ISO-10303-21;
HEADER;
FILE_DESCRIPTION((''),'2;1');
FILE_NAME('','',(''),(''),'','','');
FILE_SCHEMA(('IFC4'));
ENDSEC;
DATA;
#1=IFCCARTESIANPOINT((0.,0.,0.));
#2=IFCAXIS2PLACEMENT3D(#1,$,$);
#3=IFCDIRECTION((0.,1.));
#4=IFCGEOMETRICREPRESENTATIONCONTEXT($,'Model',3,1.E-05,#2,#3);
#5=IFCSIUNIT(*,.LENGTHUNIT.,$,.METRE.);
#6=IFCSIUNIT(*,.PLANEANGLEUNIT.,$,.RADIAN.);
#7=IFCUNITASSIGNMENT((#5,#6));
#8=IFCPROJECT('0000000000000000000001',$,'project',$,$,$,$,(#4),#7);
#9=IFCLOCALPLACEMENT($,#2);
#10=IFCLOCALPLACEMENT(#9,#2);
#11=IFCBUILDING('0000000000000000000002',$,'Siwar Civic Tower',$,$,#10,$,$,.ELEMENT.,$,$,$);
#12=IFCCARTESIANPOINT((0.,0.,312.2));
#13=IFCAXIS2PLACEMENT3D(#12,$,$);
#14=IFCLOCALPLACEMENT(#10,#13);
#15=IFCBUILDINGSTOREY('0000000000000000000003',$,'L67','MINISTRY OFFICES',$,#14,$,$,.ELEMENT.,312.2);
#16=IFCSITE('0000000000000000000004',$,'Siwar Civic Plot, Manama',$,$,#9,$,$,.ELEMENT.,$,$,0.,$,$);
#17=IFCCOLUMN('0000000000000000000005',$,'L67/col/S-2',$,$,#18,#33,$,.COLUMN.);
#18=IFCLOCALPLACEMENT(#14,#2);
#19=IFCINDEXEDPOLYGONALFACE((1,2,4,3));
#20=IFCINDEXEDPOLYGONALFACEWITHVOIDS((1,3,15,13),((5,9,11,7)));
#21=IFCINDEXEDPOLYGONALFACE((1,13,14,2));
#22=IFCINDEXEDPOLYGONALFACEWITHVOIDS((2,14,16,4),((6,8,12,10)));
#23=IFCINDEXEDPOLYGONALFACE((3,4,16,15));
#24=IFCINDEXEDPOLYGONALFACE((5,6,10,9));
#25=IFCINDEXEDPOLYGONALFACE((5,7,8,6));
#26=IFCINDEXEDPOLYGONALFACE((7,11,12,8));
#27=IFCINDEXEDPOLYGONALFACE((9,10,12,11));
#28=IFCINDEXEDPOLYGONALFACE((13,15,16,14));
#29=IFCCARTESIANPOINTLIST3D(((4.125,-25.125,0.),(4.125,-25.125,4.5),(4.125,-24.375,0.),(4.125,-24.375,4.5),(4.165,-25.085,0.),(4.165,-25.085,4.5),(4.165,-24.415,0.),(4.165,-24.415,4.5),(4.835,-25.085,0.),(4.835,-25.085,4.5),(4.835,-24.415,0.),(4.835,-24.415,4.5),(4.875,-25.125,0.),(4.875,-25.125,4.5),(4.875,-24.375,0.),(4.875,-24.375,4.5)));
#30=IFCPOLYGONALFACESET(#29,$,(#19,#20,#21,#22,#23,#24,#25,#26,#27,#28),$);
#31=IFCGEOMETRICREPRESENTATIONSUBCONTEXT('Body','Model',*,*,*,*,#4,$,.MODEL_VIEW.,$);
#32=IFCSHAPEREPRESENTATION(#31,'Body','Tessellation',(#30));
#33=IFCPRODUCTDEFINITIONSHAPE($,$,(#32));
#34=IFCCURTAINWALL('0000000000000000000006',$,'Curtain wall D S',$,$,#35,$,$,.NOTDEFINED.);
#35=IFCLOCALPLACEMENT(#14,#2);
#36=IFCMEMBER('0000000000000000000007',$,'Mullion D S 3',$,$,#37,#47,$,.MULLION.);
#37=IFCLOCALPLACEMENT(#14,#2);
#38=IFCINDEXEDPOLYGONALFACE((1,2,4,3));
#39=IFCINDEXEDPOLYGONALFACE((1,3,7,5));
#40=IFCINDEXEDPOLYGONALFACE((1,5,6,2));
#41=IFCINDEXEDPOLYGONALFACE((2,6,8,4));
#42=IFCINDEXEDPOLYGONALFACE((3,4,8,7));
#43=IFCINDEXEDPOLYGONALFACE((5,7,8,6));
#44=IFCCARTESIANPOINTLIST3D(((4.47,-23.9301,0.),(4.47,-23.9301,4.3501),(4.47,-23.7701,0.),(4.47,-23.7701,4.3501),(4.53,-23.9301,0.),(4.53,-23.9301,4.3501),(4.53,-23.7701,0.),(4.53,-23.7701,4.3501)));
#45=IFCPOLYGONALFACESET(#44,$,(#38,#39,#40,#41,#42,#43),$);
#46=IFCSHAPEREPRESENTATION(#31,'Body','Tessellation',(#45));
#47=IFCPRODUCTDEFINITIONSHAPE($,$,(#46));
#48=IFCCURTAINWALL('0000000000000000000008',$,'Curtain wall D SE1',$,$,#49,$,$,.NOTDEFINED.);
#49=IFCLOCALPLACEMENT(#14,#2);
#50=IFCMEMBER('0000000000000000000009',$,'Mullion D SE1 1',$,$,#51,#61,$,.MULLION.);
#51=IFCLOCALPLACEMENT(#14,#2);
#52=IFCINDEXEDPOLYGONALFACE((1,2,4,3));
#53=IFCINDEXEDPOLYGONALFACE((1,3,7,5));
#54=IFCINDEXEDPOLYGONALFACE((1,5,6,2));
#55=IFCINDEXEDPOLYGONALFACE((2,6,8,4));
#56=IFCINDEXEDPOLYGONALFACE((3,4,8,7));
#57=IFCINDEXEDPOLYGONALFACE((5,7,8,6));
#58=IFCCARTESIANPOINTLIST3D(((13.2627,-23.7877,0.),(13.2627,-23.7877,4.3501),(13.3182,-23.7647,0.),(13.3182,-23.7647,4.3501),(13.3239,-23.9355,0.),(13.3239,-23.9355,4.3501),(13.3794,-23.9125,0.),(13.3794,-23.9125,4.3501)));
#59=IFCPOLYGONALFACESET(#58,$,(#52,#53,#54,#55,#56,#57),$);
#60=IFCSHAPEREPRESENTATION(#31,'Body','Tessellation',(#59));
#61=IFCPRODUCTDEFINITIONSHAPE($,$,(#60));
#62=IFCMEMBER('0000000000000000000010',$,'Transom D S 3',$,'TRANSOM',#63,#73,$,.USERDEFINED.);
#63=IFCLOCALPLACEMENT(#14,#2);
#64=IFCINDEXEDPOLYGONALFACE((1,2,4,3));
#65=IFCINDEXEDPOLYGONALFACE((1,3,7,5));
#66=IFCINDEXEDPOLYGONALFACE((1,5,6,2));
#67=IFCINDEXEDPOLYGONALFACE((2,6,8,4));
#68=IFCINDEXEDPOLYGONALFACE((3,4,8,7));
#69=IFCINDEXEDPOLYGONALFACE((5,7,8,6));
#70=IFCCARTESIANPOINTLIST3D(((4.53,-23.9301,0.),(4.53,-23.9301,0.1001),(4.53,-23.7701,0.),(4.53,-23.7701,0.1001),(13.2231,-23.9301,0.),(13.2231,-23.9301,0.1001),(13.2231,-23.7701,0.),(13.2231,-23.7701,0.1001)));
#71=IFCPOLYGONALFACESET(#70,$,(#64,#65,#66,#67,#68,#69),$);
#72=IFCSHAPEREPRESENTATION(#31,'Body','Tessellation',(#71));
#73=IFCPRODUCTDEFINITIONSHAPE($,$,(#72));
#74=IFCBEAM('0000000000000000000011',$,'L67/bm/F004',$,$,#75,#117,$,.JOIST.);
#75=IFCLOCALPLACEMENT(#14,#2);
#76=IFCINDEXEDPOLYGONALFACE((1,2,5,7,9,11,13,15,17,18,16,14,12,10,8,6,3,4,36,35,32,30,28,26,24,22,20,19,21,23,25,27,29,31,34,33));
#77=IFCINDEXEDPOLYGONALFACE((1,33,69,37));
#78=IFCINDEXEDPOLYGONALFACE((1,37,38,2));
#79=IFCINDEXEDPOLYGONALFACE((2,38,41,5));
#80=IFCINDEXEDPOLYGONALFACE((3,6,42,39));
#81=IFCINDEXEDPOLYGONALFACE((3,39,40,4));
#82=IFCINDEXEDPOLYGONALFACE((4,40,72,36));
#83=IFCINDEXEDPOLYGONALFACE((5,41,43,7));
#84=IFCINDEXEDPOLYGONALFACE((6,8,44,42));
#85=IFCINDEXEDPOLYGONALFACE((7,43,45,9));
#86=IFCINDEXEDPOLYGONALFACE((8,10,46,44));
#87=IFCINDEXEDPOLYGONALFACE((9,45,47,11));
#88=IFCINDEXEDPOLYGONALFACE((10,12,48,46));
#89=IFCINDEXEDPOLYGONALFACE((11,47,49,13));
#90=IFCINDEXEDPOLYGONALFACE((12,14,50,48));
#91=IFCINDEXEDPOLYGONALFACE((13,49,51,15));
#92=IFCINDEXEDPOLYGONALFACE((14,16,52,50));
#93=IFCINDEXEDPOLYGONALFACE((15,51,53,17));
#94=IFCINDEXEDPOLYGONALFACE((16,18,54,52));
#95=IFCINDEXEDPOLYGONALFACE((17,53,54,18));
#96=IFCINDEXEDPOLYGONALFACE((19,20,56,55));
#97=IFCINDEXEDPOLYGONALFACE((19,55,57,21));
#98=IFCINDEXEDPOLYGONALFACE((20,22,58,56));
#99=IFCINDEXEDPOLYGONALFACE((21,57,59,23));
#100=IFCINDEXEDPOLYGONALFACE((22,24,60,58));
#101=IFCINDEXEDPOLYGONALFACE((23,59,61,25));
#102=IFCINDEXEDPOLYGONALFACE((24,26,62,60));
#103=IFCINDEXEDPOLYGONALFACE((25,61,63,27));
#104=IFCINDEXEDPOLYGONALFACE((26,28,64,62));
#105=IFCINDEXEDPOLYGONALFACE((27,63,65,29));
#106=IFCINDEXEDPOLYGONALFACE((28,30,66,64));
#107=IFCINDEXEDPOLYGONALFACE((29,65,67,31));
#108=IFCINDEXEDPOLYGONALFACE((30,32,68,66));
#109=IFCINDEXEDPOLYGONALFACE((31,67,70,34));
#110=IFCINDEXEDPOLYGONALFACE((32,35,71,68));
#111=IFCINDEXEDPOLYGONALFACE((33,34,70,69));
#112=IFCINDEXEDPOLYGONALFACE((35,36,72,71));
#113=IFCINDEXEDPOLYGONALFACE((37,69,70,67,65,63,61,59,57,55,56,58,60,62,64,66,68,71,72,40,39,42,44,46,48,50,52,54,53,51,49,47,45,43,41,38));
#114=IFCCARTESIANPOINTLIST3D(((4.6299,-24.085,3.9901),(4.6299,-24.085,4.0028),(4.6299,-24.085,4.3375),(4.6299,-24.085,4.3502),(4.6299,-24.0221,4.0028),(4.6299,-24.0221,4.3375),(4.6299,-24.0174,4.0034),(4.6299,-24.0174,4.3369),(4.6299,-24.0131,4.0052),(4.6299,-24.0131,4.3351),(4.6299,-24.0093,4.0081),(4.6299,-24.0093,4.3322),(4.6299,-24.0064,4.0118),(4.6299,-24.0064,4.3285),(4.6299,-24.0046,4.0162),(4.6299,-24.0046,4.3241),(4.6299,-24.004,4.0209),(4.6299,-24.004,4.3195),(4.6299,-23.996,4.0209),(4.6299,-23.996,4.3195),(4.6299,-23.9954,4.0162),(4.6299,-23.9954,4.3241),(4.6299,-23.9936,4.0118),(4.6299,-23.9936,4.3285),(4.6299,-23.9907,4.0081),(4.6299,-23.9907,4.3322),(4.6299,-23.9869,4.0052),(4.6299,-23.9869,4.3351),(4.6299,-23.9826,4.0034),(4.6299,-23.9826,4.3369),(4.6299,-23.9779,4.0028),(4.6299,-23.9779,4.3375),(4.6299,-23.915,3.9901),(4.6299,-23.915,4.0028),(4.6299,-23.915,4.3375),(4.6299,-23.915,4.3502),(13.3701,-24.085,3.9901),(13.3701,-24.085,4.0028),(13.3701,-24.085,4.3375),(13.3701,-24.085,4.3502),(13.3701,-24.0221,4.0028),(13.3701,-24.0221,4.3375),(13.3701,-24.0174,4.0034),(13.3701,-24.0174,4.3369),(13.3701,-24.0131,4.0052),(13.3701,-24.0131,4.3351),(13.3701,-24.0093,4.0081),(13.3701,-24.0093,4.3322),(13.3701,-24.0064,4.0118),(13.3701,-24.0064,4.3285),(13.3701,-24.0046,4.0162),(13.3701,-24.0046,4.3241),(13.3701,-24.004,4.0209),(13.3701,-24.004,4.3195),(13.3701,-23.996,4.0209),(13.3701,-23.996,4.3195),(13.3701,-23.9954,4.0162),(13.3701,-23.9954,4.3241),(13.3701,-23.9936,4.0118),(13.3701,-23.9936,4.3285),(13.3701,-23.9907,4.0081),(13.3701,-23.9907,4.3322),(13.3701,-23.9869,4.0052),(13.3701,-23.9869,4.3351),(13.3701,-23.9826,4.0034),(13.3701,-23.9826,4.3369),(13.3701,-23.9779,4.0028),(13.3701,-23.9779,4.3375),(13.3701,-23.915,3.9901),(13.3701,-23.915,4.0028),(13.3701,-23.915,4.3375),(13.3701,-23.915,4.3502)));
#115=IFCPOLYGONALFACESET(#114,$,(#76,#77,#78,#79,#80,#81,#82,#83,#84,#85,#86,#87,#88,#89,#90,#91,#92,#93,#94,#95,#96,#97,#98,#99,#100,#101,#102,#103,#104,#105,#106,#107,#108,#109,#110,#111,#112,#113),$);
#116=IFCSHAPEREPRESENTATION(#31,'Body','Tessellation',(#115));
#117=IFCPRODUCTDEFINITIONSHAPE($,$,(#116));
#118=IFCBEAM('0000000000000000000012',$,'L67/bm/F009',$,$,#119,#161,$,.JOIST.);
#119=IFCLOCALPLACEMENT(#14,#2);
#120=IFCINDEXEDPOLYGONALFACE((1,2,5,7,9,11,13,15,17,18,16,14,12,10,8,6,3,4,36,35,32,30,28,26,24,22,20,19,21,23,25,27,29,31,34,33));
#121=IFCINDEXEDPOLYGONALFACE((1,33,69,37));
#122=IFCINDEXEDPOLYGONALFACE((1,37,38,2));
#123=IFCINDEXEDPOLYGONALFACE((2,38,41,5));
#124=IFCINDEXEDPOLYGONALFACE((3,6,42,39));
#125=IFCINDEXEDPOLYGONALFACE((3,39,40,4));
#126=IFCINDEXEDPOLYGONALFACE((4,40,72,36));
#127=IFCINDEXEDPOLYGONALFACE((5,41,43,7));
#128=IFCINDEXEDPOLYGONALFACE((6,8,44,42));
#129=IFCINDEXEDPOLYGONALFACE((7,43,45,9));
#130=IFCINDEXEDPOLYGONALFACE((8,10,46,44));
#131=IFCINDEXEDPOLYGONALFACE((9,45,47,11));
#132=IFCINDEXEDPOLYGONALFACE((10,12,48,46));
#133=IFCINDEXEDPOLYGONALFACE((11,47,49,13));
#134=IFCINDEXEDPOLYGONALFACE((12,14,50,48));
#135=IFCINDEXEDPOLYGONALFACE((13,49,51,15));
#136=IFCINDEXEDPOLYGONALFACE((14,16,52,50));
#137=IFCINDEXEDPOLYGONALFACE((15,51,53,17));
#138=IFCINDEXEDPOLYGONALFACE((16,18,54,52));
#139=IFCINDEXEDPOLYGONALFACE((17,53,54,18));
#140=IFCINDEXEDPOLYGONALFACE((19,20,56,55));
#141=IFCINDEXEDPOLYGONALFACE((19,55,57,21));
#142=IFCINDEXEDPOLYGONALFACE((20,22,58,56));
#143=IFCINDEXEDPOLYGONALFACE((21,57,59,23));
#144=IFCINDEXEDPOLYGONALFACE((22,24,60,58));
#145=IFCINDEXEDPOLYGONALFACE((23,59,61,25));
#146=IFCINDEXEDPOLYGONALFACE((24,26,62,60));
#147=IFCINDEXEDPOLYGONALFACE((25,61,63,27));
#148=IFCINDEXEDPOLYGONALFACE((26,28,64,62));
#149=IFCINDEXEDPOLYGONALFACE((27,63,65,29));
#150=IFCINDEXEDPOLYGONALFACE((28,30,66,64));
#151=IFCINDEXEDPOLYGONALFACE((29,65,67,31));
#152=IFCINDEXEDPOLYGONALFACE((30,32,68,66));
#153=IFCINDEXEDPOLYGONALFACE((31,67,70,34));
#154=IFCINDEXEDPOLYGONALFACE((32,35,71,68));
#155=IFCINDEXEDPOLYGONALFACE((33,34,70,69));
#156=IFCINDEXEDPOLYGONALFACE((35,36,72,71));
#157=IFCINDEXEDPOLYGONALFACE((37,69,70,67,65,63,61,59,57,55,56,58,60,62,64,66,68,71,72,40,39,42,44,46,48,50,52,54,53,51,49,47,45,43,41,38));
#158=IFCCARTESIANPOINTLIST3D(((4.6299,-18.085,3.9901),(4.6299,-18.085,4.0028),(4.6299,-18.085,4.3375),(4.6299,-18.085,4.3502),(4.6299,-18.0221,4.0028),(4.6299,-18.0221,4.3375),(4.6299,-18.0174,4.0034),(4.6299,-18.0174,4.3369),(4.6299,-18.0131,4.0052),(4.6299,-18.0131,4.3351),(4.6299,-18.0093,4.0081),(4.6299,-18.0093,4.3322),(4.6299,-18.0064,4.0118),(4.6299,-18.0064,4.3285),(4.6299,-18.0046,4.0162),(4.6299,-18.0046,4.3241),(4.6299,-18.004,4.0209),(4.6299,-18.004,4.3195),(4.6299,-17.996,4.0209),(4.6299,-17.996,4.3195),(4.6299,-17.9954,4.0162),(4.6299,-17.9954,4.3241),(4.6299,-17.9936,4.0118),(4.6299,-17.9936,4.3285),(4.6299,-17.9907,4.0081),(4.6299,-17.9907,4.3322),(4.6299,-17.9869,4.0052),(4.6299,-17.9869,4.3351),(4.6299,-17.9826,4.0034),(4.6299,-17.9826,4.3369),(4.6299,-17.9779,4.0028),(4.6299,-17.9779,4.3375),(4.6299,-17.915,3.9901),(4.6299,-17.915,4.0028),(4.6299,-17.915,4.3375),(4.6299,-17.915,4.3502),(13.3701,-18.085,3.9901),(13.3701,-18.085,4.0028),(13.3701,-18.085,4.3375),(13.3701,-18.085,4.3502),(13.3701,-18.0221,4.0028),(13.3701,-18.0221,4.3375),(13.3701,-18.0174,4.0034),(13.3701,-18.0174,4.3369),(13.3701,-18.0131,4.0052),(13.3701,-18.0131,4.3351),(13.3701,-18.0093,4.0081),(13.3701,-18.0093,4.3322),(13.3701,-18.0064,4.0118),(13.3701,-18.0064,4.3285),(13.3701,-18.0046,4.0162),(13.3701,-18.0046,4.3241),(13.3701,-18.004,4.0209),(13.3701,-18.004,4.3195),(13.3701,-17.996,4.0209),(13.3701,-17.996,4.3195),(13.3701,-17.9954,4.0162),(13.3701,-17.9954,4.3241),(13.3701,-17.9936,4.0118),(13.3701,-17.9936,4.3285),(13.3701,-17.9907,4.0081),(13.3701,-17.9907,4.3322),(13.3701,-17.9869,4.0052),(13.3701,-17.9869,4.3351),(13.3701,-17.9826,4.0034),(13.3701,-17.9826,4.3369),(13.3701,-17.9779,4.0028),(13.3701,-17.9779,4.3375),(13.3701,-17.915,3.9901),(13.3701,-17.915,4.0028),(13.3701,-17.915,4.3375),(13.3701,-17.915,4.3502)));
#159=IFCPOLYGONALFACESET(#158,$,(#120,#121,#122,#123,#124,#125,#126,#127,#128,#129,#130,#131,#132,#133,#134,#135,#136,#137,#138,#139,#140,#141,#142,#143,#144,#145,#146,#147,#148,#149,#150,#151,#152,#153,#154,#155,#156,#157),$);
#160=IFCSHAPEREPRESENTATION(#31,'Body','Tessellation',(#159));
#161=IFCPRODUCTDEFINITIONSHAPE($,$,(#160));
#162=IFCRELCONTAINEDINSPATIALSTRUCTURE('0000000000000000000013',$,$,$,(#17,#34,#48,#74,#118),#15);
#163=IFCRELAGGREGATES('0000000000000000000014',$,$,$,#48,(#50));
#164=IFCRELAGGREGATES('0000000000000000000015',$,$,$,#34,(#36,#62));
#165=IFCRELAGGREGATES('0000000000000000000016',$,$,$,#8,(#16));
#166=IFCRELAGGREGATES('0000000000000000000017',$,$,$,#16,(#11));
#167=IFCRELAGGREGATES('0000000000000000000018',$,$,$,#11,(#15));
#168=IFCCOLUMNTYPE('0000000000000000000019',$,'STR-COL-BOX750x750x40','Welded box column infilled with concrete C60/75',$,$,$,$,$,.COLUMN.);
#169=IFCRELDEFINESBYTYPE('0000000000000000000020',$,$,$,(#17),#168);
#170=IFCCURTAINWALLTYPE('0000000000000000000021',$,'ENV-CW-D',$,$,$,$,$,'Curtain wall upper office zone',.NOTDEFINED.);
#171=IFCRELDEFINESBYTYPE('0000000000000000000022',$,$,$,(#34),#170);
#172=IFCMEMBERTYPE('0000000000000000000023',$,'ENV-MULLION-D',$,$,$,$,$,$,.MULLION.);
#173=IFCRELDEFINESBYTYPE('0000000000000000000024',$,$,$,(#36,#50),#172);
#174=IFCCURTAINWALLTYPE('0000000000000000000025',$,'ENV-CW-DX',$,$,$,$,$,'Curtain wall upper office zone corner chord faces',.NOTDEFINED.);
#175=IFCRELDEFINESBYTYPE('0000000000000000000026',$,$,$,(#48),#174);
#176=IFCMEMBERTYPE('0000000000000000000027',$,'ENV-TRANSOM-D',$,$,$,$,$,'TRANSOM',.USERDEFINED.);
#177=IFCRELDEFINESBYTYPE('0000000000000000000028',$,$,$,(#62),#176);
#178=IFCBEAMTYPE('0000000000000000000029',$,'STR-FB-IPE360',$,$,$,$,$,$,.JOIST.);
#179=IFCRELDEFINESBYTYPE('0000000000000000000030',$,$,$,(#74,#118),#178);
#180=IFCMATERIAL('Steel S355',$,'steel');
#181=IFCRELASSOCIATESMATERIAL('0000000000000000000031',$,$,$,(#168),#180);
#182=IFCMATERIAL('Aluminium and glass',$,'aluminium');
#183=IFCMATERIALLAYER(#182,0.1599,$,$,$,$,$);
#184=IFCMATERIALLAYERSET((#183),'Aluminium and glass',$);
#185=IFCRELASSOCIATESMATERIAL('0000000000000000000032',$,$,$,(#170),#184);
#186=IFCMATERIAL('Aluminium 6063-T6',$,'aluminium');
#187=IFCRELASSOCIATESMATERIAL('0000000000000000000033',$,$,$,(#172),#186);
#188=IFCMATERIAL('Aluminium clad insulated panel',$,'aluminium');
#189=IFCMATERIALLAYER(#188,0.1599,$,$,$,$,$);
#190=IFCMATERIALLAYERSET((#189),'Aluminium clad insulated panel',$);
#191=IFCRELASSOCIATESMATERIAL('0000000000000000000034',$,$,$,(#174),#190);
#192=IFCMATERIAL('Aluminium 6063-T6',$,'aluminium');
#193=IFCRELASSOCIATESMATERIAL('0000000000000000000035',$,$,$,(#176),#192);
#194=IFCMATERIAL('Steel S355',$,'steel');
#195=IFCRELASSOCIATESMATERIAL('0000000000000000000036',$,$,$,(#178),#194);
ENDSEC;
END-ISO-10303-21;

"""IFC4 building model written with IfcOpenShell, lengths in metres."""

from ifc_helpers import new_model, si_unit, direction, frame, origin, origin_2d, place, context, subcontext, project, spatial, rectangle, hollow_rectangle, i_section, extrude, material, layer, layer_set, material_profile, profile_set, type_object, element, aggregate, save


model = new_model("IFC4")

# Units and contexts
model_context = context("Model", 3, precision=1e-05, world=origin(), true_north=direction((0.0, 1.0)))
body_context = subcontext(model_context, "Body", "Model", "MODEL_VIEW")
ifc_project = project(units=[si_unit("LENGTHUNIT", "METRE"), si_unit("PLANEANGLEUNIT", "RADIAN")], contexts=[model_context])

# Site, building, storey
site_placement = place(None, origin())
site = spatial("IfcSite", under=ifc_project, at=site_placement, Name="Siwar Civic Plot, Manama", CompositionType="ELEMENT", RefElevation=0.0)
building_placement = place(site_placement, origin())
building = spatial("IfcBuilding", under=site, at=building_placement, Name="Siwar Civic Tower", CompositionType="ELEMENT")
storey_placement = place(building_placement, frame((0.0, 0.0, 312.2)))
storey = spatial("IfcBuildingStorey", under=building, at=storey_placement, Name="L67", Description="MINISTRY OFFICES", CompositionType="ELEMENT", Elevation=312.2)

# Column
ifc_material_1 = material(Name="Steel S355", Category="steel")
ifc_material_profile_1 = material_profile(ifc_material_1, hollow_rectangle(XDim=0.75, YDim=0.75, WallThickness=0.04, at=origin_2d()), Name="BOX750x750x40")
ifc_profile_set_1 = profile_set([ifc_material_profile_1], Name="Steel S355")
column_type = type_object("IfcColumnType", Name="STR-COL-BOX750x750x40", Description="Welded box column infilled with concrete C60/75", PredefinedType="COLUMN", material=ifc_profile_set_1)
column_placement = place(storey_placement, frame((4.5, -24.75, 0.0), z_axis=(0.0, 0.0, 1.0), x_axis=(1.0, 0.0, 0.0)))
element("IfcColumn", 1, at=column_placement, inside=storey, type_object=column_type, Name="L67/col/S-2", PredefinedType="COLUMN", context=body_context, shape_type="SweptSolid", body=[
    extrude(hollow_rectangle(XDim=0.75, YDim=0.75, WallThickness=0.04, at=origin_2d()), origin(), (0.0, 0.0, 1.0), 4.5),
])

# Curtain walls, members
ifc_material_2 = material(Name="Aluminium and glass", Category="aluminium")
ifc_layer_1 = layer(ifc_material_2, 0.1599)
ifc_layer_set_1 = layer_set([ifc_layer_1], Name="Aluminium and glass")
curtain_wall_type_1 = type_object("IfcCurtainWallType", Name="ENV-CW-D", ElementType="Curtain wall upper office zone", PredefinedType="NOTDEFINED", material=ifc_layer_set_1)
curtain_wall_1_placement = place(storey_placement, origin())
curtain_wall_1 = element("IfcCurtainWall", 2, at=curtain_wall_1_placement, inside=storey, type_object=curtain_wall_type_1, Name="Curtain wall D S", PredefinedType="NOTDEFINED")
ifc_material_3 = material(Name="Aluminium 6063-T6", Category="aluminium")
ifc_material_profile_2 = material_profile(ifc_material_3, rectangle(XDim=0.1599, YDim=0.0601, at=origin_2d()), Name="AL 160x60")
ifc_profile_set_2 = profile_set([ifc_material_profile_2], Name="Aluminium 6063-T6")
member_type_1 = type_object("IfcMemberType", Name="ENV-MULLION-D", PredefinedType="MULLION", material=ifc_profile_set_2)
member_1_placement = place(storey_placement, frame((4.5, -23.8501, 0.0), z_axis=(0.0, 0.0, 1.0), x_axis=(0.0, 1.0, 0.0)))
member_1 = element("IfcMember", 3, at=member_1_placement, type_object=member_type_1, Name="Mullion D S 3", PredefinedType="MULLION", context=body_context, shape_type="SweptSolid", body=[
    extrude(rectangle(XDim=0.1599, YDim=0.0601, at=origin_2d()), origin(), (0.0, 0.0, 1.0), 4.3501),
])
ifc_material_4 = material(Name="Aluminium clad insulated panel", Category="aluminium")
ifc_layer_2 = layer(ifc_material_4, 0.1599)
ifc_layer_set_2 = layer_set([ifc_layer_2], Name="Aluminium clad insulated panel")
curtain_wall_type_2 = type_object("IfcCurtainWallType", Name="ENV-CW-DX", ElementType="Curtain wall upper office zone corner chord faces", PredefinedType="NOTDEFINED", material=ifc_layer_set_2)
curtain_wall_2_placement = place(storey_placement, origin())
curtain_wall_2 = element("IfcCurtainWall", 4, at=curtain_wall_2_placement, inside=storey, type_object=curtain_wall_type_2, Name="Curtain wall D SE1", PredefinedType="NOTDEFINED")
member_2_placement = place(storey_placement, frame((13.321, -23.8501, 0.0), z_axis=(0.0, 0.0, 1.0), x_axis=(-0.382683, 0.92388, 0.0)))
member_2 = element("IfcMember", 5, at=member_2_placement, type_object=member_type_1, Name="Mullion D SE1 1", PredefinedType="MULLION", context=body_context, shape_type="SweptSolid", body=[
    extrude(rectangle(XDim=0.1599, YDim=0.0601, at=origin_2d()), origin(), (0.0, 0.0, 1.0), 4.3501),
])
aggregate(curtain_wall_2, [member_2])

# Member
ifc_material_5 = material(Name="Aluminium 6063-T6", Category="aluminium")
ifc_material_profile_3 = material_profile(ifc_material_5, rectangle(XDim=0.1599, YDim=0.1001, at=origin_2d()), Name="AL 160x100")
ifc_profile_set_3 = profile_set([ifc_material_profile_3], Name="Aluminium 6063-T6")
member_type_2 = type_object("IfcMemberType", Name="ENV-TRANSOM-D", ElementType="TRANSOM", PredefinedType="USERDEFINED", material=ifc_profile_set_3)
member_3_placement = place(storey_placement, frame((4.53, -23.8501, 0.05), z_axis=(1.0, 0.0, 0.0), x_axis=(0.0, 1.0, 0.0)))
member_3 = element("IfcMember", 6, at=member_3_placement, type_object=member_type_2, Name="Transom D S 3", ObjectType="TRANSOM", PredefinedType="USERDEFINED", context=body_context, shape_type="SweptSolid", body=[
    extrude(rectangle(XDim=0.1599, YDim=0.1001, at=origin_2d()), origin(), (0.0, 0.0, 1.0), 8.6931),
])

# Beams
ifc_material_6 = material(Name="Steel S355", Category="steel")
ifc_material_profile_4 = material_profile(ifc_material_6, i_section(OverallWidth=0.1699, OverallDepth=0.3601, WebThickness=0.0081, FlangeThickness=0.0127, FilletRadius=0.0181, at=origin_2d()), Name="IPE360")
ifc_profile_set_4 = profile_set([ifc_material_profile_4], Name="Steel S355")
beam_type_1 = type_object("IfcBeamType", Name="STR-FB-IPE360", PredefinedType="JOIST", material=ifc_profile_set_4)
for number, where, z_axis, x_axis, name in (
    (7, (4.6299, -24.0, 4.1702), (1.0, 0.0, 0.0), (0.0, 1.0, 0.0), "L67/bm/F004"),
    (8, (4.6299, -18.0, 4.1702), (1.0, 0.0, 0.0), (0.0, 1.0, 0.0), "L67/bm/F009"),
):
    element("IfcBeam", number, at=place(storey_placement, frame(where, z_axis=z_axis, x_axis=x_axis)), inside=storey, type_object=beam_type_1, Name=name, PredefinedType="JOIST", context=body_context, shape_type="SweptSolid", body=[
        extrude(i_section(OverallWidth=0.1699, OverallDepth=0.3601, WebThickness=0.0081, FlangeThickness=0.0127, FilletRadius=0.0181, at=origin_2d()), origin(), (0.0, 0.0, 1.0), 8.7402),
    ])

aggregate(curtain_wall_1, [member_1, member_3])

save(model, "model.ifc")
